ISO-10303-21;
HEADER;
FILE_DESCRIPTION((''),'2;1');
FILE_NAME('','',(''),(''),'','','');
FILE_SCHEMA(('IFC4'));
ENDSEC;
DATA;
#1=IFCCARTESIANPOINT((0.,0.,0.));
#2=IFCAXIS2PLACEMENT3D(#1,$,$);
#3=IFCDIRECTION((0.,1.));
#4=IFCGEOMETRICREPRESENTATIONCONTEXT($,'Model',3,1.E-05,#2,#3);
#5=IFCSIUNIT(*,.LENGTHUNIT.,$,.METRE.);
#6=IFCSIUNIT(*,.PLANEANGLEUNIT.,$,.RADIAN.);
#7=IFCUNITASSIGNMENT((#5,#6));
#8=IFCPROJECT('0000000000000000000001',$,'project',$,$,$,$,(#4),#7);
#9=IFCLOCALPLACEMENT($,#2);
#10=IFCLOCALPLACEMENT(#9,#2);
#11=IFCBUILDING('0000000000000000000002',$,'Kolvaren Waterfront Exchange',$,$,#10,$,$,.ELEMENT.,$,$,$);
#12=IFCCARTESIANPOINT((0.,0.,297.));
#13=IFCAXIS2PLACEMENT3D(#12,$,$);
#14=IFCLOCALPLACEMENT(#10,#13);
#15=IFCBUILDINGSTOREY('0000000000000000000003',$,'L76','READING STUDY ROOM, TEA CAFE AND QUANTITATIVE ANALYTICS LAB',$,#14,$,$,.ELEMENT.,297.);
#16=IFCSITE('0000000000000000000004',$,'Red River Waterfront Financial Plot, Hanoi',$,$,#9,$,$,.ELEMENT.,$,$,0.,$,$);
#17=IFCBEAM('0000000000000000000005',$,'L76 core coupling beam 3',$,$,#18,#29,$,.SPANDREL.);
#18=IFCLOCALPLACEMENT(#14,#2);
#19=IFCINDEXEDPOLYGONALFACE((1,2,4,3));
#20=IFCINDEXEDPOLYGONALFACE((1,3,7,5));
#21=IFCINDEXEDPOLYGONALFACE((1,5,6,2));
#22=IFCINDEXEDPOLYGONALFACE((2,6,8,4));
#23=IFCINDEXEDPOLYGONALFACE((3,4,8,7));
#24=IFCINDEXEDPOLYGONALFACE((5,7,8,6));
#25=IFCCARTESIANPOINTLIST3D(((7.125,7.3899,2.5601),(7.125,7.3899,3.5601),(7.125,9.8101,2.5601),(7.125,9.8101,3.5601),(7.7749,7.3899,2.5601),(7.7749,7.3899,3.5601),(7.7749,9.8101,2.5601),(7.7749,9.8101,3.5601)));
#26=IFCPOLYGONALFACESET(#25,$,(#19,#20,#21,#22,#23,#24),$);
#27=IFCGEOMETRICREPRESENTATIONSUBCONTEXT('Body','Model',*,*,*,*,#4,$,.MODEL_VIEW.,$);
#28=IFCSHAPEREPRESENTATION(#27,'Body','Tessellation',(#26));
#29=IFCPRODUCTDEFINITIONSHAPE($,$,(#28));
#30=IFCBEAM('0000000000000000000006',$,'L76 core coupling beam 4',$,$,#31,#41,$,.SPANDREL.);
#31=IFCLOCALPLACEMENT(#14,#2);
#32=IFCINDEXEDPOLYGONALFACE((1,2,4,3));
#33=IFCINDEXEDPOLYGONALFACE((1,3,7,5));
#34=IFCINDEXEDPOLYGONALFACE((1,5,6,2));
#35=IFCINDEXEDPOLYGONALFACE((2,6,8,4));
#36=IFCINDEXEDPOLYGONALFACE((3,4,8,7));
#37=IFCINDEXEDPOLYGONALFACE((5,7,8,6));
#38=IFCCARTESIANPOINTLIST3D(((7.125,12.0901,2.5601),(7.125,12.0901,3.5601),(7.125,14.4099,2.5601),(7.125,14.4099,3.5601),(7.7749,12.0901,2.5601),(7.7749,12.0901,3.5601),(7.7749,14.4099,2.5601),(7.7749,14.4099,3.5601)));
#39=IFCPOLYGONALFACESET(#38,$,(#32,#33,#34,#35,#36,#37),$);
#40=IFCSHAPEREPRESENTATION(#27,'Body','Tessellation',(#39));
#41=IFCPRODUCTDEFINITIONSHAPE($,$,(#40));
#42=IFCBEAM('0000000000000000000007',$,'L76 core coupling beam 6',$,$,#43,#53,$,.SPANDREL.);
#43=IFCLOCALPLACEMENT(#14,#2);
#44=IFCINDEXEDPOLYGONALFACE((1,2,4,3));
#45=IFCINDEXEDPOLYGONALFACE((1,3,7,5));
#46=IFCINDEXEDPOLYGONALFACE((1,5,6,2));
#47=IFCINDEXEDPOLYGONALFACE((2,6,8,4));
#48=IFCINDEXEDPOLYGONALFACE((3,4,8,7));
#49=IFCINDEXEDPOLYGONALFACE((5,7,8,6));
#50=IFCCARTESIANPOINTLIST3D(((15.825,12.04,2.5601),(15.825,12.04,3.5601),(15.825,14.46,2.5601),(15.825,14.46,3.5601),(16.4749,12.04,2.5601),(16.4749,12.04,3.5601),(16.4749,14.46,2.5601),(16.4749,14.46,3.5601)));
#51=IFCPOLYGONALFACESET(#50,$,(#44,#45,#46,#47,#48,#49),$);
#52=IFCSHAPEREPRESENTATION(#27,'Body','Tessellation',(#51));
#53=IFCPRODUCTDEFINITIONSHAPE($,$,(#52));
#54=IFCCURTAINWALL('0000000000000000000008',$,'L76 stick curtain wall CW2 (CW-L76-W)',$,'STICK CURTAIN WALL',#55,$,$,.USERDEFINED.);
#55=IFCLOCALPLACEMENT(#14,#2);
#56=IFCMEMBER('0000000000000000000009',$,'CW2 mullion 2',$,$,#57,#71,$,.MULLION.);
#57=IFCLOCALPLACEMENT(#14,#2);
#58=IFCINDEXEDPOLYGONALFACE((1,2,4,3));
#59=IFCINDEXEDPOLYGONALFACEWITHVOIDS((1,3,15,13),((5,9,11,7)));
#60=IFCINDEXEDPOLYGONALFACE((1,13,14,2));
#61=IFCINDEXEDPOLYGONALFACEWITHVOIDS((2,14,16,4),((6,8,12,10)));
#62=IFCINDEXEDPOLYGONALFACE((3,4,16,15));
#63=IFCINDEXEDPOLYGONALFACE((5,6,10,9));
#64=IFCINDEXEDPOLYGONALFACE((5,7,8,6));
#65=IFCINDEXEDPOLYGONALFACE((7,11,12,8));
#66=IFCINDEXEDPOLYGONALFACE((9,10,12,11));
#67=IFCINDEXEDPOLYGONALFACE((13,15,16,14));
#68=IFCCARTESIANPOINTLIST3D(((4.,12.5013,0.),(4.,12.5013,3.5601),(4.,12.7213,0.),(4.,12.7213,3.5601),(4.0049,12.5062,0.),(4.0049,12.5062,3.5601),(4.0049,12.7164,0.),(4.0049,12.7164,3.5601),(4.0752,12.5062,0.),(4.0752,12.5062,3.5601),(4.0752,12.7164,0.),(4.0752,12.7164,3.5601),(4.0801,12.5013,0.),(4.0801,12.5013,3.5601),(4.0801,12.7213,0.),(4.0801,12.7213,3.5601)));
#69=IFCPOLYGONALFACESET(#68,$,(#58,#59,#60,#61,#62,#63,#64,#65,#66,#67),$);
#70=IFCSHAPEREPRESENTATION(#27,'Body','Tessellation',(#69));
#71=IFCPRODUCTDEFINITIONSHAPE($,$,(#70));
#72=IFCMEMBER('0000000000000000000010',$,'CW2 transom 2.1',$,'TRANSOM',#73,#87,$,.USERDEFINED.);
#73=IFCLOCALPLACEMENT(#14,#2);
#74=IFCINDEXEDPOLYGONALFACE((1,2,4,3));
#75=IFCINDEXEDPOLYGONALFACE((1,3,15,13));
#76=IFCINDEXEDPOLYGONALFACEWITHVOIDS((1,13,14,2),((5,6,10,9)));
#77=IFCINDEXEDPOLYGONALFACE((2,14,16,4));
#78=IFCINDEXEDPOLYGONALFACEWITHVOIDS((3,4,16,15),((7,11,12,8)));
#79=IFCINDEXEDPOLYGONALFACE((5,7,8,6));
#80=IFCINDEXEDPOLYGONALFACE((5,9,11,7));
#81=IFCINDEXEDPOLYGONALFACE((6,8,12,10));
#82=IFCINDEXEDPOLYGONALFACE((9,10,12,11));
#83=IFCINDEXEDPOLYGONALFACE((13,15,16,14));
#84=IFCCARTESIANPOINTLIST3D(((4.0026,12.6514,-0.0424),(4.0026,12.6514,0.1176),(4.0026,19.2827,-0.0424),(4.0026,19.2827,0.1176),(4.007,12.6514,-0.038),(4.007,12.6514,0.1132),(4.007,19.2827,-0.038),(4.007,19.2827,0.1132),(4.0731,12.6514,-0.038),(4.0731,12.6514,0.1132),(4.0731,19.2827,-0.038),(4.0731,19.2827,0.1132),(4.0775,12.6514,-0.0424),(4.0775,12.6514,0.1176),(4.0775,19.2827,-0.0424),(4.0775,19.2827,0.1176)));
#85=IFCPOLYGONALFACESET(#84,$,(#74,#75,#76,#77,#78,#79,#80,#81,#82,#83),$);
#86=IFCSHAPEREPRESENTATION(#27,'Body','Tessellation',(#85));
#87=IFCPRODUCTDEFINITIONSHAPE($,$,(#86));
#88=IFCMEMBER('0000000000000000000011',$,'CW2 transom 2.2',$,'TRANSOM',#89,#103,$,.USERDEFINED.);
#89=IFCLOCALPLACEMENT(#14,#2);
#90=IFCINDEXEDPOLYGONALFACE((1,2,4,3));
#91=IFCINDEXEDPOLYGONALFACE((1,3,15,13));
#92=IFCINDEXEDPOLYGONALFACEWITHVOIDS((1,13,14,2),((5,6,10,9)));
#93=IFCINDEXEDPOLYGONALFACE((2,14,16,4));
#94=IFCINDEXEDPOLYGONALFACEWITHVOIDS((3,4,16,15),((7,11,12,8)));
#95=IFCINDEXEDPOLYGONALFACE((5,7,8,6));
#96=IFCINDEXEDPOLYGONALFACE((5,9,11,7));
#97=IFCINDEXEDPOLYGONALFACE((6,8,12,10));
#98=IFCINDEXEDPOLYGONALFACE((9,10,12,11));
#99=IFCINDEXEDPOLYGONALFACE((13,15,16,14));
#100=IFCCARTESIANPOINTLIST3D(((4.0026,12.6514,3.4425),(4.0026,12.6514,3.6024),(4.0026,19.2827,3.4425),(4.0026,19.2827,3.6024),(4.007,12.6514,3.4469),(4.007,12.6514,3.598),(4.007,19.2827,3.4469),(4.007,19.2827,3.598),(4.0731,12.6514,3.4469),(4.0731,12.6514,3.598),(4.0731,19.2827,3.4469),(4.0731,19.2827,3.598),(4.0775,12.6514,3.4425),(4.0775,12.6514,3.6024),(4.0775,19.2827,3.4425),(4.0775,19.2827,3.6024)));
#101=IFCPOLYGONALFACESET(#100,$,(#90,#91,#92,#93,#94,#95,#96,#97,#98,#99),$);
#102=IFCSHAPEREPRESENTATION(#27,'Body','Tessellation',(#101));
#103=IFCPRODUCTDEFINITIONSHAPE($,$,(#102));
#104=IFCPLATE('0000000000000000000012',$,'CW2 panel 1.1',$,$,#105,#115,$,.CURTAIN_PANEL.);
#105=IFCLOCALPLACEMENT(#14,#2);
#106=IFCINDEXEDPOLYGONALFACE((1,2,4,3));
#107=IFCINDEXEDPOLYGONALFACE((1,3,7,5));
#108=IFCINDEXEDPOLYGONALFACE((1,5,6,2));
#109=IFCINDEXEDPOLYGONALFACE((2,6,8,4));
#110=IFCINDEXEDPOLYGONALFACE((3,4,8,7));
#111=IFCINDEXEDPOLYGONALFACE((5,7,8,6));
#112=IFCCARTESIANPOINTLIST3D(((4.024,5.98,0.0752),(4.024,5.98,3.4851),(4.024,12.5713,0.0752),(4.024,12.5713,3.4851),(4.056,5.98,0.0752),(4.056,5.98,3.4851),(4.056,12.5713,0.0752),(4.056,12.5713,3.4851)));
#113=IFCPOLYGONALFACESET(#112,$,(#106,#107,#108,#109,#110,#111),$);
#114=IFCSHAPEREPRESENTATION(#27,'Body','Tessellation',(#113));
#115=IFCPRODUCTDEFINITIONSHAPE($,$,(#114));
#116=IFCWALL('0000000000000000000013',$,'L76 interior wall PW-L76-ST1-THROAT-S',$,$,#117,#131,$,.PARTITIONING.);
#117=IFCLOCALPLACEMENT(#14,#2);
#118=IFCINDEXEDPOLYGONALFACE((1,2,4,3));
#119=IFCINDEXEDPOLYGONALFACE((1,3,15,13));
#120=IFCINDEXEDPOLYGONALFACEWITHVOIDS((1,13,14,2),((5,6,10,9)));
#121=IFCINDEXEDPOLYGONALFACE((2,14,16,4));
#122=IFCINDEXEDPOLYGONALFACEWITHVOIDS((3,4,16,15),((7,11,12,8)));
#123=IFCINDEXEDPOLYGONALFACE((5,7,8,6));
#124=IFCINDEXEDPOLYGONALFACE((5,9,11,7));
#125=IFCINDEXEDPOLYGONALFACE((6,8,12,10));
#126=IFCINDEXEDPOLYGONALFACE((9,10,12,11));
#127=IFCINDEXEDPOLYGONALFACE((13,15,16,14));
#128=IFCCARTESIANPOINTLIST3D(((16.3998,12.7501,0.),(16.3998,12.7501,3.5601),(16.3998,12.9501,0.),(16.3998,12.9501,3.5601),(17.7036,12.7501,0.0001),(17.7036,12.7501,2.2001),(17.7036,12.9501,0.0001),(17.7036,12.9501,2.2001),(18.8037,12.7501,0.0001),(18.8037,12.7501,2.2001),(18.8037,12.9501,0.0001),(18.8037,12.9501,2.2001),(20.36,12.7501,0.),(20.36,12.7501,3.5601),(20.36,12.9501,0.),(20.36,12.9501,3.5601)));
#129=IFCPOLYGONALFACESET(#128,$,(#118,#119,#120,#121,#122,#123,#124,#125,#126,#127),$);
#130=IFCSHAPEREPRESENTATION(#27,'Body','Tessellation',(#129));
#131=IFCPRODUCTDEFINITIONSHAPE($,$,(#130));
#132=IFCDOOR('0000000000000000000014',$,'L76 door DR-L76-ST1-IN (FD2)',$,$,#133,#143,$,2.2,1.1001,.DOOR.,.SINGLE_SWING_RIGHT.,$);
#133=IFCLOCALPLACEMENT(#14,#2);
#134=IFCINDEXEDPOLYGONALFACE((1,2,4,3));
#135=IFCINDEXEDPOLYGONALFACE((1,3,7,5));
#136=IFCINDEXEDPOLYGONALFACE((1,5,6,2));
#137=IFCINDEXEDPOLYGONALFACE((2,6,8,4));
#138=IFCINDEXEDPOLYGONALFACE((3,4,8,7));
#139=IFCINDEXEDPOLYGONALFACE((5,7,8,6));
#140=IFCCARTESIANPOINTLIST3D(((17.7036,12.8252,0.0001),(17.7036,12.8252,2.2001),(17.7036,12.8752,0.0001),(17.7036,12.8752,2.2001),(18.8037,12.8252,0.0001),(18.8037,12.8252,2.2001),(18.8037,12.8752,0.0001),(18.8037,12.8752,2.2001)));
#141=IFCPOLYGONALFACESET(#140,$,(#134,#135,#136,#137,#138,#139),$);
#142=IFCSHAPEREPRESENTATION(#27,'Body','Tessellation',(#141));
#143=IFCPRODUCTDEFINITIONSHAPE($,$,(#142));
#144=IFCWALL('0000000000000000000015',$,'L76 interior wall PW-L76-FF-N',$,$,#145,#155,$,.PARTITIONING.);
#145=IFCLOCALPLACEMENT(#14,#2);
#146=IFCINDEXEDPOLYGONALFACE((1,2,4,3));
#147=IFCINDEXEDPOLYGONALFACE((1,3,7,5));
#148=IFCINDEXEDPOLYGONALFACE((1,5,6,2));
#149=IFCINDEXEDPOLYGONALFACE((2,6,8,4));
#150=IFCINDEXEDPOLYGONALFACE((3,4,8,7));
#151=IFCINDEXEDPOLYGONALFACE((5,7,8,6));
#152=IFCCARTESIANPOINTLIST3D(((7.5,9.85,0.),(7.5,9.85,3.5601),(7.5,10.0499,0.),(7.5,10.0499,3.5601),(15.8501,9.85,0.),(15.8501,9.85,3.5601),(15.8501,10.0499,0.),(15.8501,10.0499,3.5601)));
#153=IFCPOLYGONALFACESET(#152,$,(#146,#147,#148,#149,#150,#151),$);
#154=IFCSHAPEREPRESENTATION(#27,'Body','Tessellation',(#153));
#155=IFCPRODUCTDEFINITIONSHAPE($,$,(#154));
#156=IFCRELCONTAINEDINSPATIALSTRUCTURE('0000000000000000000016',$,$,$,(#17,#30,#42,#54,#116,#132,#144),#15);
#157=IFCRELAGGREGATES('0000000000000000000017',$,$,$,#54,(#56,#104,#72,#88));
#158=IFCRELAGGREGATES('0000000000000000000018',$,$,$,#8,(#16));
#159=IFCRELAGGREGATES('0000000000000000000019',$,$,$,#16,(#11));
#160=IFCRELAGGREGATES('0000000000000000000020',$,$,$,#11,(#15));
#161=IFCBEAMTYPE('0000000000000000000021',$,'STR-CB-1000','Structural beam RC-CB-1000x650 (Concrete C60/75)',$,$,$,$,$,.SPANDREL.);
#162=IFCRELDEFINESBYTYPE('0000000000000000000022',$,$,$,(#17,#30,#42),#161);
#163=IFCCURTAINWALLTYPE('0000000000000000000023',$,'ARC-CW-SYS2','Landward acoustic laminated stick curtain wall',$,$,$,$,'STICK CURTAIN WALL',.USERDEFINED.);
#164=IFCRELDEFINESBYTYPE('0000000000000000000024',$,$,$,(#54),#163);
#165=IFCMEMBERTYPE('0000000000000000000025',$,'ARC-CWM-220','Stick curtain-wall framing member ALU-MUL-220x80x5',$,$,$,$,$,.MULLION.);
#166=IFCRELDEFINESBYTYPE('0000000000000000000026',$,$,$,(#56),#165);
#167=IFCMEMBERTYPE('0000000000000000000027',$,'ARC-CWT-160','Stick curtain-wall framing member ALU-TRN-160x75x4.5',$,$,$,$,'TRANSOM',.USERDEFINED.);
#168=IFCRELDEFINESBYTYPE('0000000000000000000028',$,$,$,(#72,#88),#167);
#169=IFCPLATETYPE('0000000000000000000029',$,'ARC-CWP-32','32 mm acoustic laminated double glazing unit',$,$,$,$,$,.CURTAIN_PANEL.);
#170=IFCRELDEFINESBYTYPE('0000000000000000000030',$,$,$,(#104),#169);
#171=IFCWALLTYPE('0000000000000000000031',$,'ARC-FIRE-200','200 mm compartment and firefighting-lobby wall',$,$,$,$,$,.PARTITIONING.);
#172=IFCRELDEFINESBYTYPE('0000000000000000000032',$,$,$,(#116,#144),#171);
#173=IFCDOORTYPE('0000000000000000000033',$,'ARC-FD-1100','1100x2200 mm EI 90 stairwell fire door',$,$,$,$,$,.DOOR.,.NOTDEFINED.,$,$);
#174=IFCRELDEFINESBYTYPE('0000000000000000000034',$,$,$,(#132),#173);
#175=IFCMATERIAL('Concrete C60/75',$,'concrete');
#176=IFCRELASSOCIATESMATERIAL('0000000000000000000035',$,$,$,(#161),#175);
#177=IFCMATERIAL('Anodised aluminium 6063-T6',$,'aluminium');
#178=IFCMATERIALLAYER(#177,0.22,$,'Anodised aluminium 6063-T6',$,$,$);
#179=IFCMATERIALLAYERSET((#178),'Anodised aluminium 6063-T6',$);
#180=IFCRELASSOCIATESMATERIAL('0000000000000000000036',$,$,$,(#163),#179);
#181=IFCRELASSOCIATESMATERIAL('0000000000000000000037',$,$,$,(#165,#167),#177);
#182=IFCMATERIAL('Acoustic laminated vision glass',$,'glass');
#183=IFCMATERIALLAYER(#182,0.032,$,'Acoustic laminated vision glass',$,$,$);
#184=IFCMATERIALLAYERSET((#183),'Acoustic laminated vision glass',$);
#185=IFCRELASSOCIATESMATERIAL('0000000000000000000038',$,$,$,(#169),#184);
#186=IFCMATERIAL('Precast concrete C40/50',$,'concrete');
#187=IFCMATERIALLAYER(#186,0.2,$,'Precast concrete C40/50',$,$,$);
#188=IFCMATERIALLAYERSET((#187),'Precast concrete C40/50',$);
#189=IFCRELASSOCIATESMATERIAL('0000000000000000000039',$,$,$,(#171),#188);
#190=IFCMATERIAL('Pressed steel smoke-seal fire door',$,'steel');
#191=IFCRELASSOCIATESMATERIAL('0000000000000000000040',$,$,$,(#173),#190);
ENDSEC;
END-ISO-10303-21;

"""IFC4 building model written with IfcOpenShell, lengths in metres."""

from ifc_helpers import new_model, si_unit, direction, frame, frame_2d, origin, origin_with_axes, origin_2d, place, context, subcontext, project, spatial, rectangle, hollow_rectangle, extrude, source, transform, mapped, material, layer, layer_set, material_profile, profile_set, type_object, element, fill, aggregate, save


model = new_model("IFC4")

# Units and contexts
model_context = context("Model", 3, precision=1e-05, world=origin(), true_north=direction((0.0, 1.0)))
body_context = subcontext(model_context, "Body", "Model", "MODEL_VIEW")
ifc_project = project(units=[si_unit("LENGTHUNIT", "METRE"), si_unit("PLANEANGLEUNIT", "RADIAN")], contexts=[model_context])

# Site, building, storey
site_placement = place(None, origin())
site = spatial("IfcSite", under=ifc_project, at=site_placement, Name="Red River Waterfront Financial Plot, Hanoi", CompositionType="ELEMENT", RefElevation=0.0)
building_placement = place(site_placement, origin())
building = spatial("IfcBuilding", under=site, at=building_placement, Name="Kolvaren Waterfront Exchange", CompositionType="ELEMENT")
storey_placement = place(building_placement, frame((0.0, 0.0, 297.0)))
storey = spatial("IfcBuildingStorey", under=building, at=storey_placement, Name="L76", Description="READING STUDY ROOM, TEA CAFE AND QUANTITATIVE ANALYTICS LAB", CompositionType="ELEMENT", Elevation=297.0)

# Beams
ifc_material_1 = material(Name="Concrete C60/75", Category="concrete")
ifc_material_profile_1 = material_profile(ifc_material_1, rectangle(XDim=0.6499, YDim=1.0, at=origin_2d()), Name="RC-CB-1000x650")
ifc_profile_set_1 = profile_set([ifc_material_profile_1], Name="Concrete C60/75")
beam_type = type_object("IfcBeamType", Name="STR-CB-1000", Description="Structural beam RC-CB-1000x650 (Concrete C60/75)", PredefinedType="SPANDREL", material=ifc_profile_set_1)
beam_1_placement = place(storey_placement, frame((7.45, 7.3899, 3.0601), z_axis=(0.0, 1.0, 0.0), x_axis=(-1.0, 0.0, 0.0)))
element("IfcBeam", 1, at=beam_1_placement, inside=storey, type_object=beam_type, Name="L76 core coupling beam 3", PredefinedType="SPANDREL", context=body_context, shape_type="SweptSolid", body=[
    extrude(rectangle(XDim=0.6499, YDim=1.0, at=origin_2d()), origin(), (0.0, 0.0, 1.0), 2.4202),
])
beam_2_placement = place(storey_placement, frame((7.45, 12.0901, 3.0601), z_axis=(0.0, 1.0, 0.0), x_axis=(-1.0, 0.0, 0.0)))
element("IfcBeam", 2, at=beam_2_placement, inside=storey, type_object=beam_type, Name="L76 core coupling beam 4", PredefinedType="SPANDREL", context=body_context, shape_type="SweptSolid", body=[
    extrude(rectangle(XDim=0.6499, YDim=1.0, at=origin_2d()), origin(), (0.0, 0.0, 1.0), 2.3198),
])
beam_3_placement = place(storey_placement, frame((16.1499, 12.04, 3.0601), z_axis=(0.0, 1.0, 0.0), x_axis=(-1.0, 0.0, 0.0)))
element("IfcBeam", 3, at=beam_3_placement, inside=storey, type_object=beam_type, Name="L76 core coupling beam 6", PredefinedType="SPANDREL", context=body_context, shape_type="SweptSolid", body=[
    extrude(rectangle(XDim=0.6499, YDim=1.0, at=origin_2d()), origin(), (0.0, 0.0, 1.0), 2.4199),
])

# Curtain wall, members, plate
ifc_material_2 = material(Name="Anodised aluminium 6063-T6", Category="aluminium")
ifc_layer_1 = layer(ifc_material_2, 0.22, Name="Anodised aluminium 6063-T6")
ifc_layer_set_1 = layer_set([ifc_layer_1], Name="Anodised aluminium 6063-T6")
curtain_wall_type = type_object("IfcCurtainWallType", Name="ARC-CW-SYS2", Description="Landward acoustic laminated stick curtain wall", ElementType="STICK CURTAIN WALL", PredefinedType="USERDEFINED", material=ifc_layer_set_1)
curtain_wall_placement = place(storey_placement, origin())
curtain_wall = element("IfcCurtainWall", 4, at=curtain_wall_placement, inside=storey, type_object=curtain_wall_type, Name="L76 stick curtain wall CW2 (CW-L76-W)", ObjectType="STICK CURTAIN WALL", PredefinedType="USERDEFINED")
ifc_material_profile_2 = material_profile(ifc_material_2, hollow_rectangle(XDim=0.0801, YDim=0.22, WallThickness=0.0049, at=origin_2d()), Name="ALU-MUL-220x80x5")
ifc_profile_set_2 = profile_set([ifc_material_profile_2], Name="Anodised aluminium 6063-T6")
member_type_1 = type_object("IfcMemberType", Name="ARC-CWM-220", Description="Stick curtain-wall framing member ALU-MUL-220x80x5", PredefinedType="MULLION", material=ifc_profile_set_2)
shared_shape_1 = source(origin_with_axes(), body_context, "Body", "SweptSolid", [
    extrude(hollow_rectangle(XDim=0.0801, YDim=0.22, WallThickness=0.0049, at=origin_2d()), origin(), (0.0, 0.0, 1.0), 3.5601),
])
member_1_placement = place(storey_placement, frame((4.04, 12.6113, 0.0), z_axis=(0.0, 0.0, 1.0), x_axis=(-1.0, 0.0, 0.0)))
member_1 = element("IfcMember", 5, at=member_1_placement, type_object=member_type_1, Name="CW2 mullion 2", PredefinedType="MULLION", context=body_context, shape_type="MappedRepresentation", body=[
    mapped(shared_shape_1, transform((0.0, 0.0, 0.0), x_axis=(1.0, 0.0, 0.0), y_axis=(0.0, 1.0, 0.0), z_axis=(0.0, 0.0, 1.0), scale=1.0)),
])
ifc_material_profile_3 = material_profile(ifc_material_2, hollow_rectangle(XDim=0.075, YDim=0.1599, WallThickness=0.0044, at=origin_2d()), Name="ALU-TRN-160x75x4.5")
ifc_profile_set_3 = profile_set([ifc_material_profile_3], Name="Anodised aluminium 6063-T6")
member_type_2 = type_object("IfcMemberType", Name="ARC-CWT-160", Description="Stick curtain-wall framing member ALU-TRN-160x75x4.5", ElementType="TRANSOM", PredefinedType="USERDEFINED", material=ifc_profile_set_3)
shared_shape_2 = source(origin_with_axes(), body_context, "Body", "SweptSolid", [
    extrude(hollow_rectangle(XDim=0.075, YDim=0.1599, WallThickness=0.0044, at=origin_2d()), origin(), (0.0, 0.0, 1.0), 6.6313),
])
member_2_placement = place(storey_placement, frame((4.04, 12.6514, 0.0376), z_axis=(0.0, 1.0, 0.0), x_axis=(-1.0, 0.0, 0.0)))
member_2 = element("IfcMember", 6, at=member_2_placement, type_object=member_type_2, Name="CW2 transom 2.1", ObjectType="TRANSOM", PredefinedType="USERDEFINED", context=body_context, shape_type="MappedRepresentation", body=[
    mapped(shared_shape_2, transform((0.0, 0.0, 0.0), x_axis=(1.0, 0.0, 0.0), y_axis=(0.0, 1.0, 0.0), z_axis=(0.0, 0.0, 1.0), scale=1.0)),
])
member_3_placement = place(storey_placement, frame((4.04, 12.6514, 3.5225), z_axis=(0.0, 1.0, 0.0), x_axis=(-1.0, 0.0, 0.0)))
member_3 = element("IfcMember", 7, at=member_3_placement, type_object=member_type_2, Name="CW2 transom 2.2", ObjectType="TRANSOM", PredefinedType="USERDEFINED", context=body_context, shape_type="MappedRepresentation", body=[
    mapped(shared_shape_2, transform((0.0, 0.0, 0.0), x_axis=(1.0, 0.0, 0.0), y_axis=(0.0, 1.0, 0.0), z_axis=(0.0, 0.0, 1.0), scale=1.0)),
])
ifc_material_3 = material(Name="Acoustic laminated vision glass", Category="glass")
ifc_layer_2 = layer(ifc_material_3, 0.032, Name="Acoustic laminated vision glass")
ifc_layer_set_2 = layer_set([ifc_layer_2], Name="Acoustic laminated vision glass")
plate_type = type_object("IfcPlateType", Name="ARC-CWP-32", Description="32 mm acoustic laminated double glazing unit", PredefinedType="CURTAIN_PANEL", material=ifc_layer_set_2)
shared_shape_3 = source(origin_with_axes(), body_context, "Body", "SweptSolid", [
    extrude(rectangle(XDim=6.5913, YDim=0.032, at=origin_2d()), origin(), (0.0, 0.0, 1.0), 3.4099),
])
plate_placement = place(storey_placement, frame((4.04, 9.2756, 0.0752), z_axis=(0.0, 0.0, 1.0), x_axis=(0.0, 1.0, 0.0)))
plate = element("IfcPlate", 8, at=plate_placement, type_object=plate_type, Name="CW2 panel 1.1", PredefinedType="CURTAIN_PANEL", context=body_context, shape_type="MappedRepresentation", body=[
    mapped(shared_shape_3, transform((0.0, 0.0, 0.0), x_axis=(1.0, 0.0, 0.0), y_axis=(0.0, 1.0, 0.0), z_axis=(0.0, 0.0, 1.0), scale=1.0)),
])
aggregate(curtain_wall, [member_1, plate, member_2, member_3])

# Wall, opening, door
ifc_material_4 = material(Name="Precast concrete C40/50", Category="concrete")
ifc_layer_3 = layer(ifc_material_4, 0.2, Name="Precast concrete C40/50")
ifc_layer_set_3 = layer_set([ifc_layer_3], Name="Precast concrete C40/50")
wall_type_1 = type_object("IfcWallType", Name="ARC-FIRE-200", Description="200 mm compartment and firefighting-lobby wall", PredefinedType="PARTITIONING", material=ifc_layer_set_3)
wall_1_placement = place(storey_placement, frame((16.3999, 12.8501, 0.0), z_axis=(0.0, 0.0, 1.0), x_axis=(1.0, 0.0, 0.0)))
wall_1 = element("IfcWall", 9, at=wall_1_placement, inside=storey, type_object=wall_type_1, Name="L76 interior wall PW-L76-ST1-THROAT-S", PredefinedType="PARTITIONING", context=body_context, shape_type="SweptSolid", body=[
    extrude(rectangle(XDim=3.9602, YDim=0.2, at=frame_2d((1.98, 0.0))), origin(), (0.0, 0.0, 1.0), 3.5601),
])
opening_1_placement = place(wall_1_placement, frame((1.3037, 0.0, 0.0)))
opening_1 = element("IfcOpeningElement", 10, at=opening_1_placement, cuts=wall_1, PredefinedType="OPENING", context=body_context, shape_type="SweptSolid", body=[
    extrude(rectangle(XDim=1.1001, YDim=2.2, at=frame_2d((0.55, 1.1001))), frame((0.0, 0.1099, 0.0), z_axis=(0.0, -1.0, 0.0), x_axis=(1.0, 0.0, 0.0)), (0.0, 0.0, 1.0), 0.22),
])
ifc_material_5 = material(Name="Pressed steel smoke-seal fire door", Category="steel")
door_type_1 = type_object("IfcDoorType", Name="ARC-FD-1100", Description="1100x2200 mm EI 90 stairwell fire door", OperationType="NOTDEFINED", PredefinedType="DOOR", material=ifc_material_5)
door_1_placement = place(opening_1_placement, frame((1.1001, 0.0, 0.0), z_axis=(0.0, 0.0, 1.0), x_axis=(-1.0, 0.0, 0.0)))
door_1 = element("IfcDoor", 11, at=door_1_placement, inside=storey, type_object=door_type_1, Name="L76 door DR-L76-ST1-IN (FD2)", OperationType="SINGLE_SWING_RIGHT", OverallHeight=2.2, OverallWidth=1.1001, PredefinedType="DOOR", context=body_context, shape_type="SweptSolid", body=[
    extrude(rectangle(XDim=1.1001, YDim=2.2, at=frame_2d((0.55, 1.1001))), frame((0.0, 0.0249, 0.0), z_axis=(0.0, -1.0, 0.0), x_axis=(1.0, 0.0, 0.0)), (0.0, 0.0, 1.0), 0.05),
])
fill(opening_1, door_1)

# Wall
wall_2_placement = place(storey_placement, frame((7.5, 9.95, 0.0), z_axis=(0.0, 0.0, 1.0), x_axis=(1.0, 0.0, 0.0)))
element("IfcWall", 12, at=wall_2_placement, inside=storey, type_object=wall_type_1, Name="L76 interior wall PW-L76-FF-N", PredefinedType="PARTITIONING", context=body_context, shape_type="SweptSolid", body=[
    extrude(rectangle(XDim=8.3501, YDim=0.2, at=frame_2d((4.175, 0.0))), origin(), (0.0, 0.0, 1.0), 3.5601),
])

save(model, "model.ifc")
